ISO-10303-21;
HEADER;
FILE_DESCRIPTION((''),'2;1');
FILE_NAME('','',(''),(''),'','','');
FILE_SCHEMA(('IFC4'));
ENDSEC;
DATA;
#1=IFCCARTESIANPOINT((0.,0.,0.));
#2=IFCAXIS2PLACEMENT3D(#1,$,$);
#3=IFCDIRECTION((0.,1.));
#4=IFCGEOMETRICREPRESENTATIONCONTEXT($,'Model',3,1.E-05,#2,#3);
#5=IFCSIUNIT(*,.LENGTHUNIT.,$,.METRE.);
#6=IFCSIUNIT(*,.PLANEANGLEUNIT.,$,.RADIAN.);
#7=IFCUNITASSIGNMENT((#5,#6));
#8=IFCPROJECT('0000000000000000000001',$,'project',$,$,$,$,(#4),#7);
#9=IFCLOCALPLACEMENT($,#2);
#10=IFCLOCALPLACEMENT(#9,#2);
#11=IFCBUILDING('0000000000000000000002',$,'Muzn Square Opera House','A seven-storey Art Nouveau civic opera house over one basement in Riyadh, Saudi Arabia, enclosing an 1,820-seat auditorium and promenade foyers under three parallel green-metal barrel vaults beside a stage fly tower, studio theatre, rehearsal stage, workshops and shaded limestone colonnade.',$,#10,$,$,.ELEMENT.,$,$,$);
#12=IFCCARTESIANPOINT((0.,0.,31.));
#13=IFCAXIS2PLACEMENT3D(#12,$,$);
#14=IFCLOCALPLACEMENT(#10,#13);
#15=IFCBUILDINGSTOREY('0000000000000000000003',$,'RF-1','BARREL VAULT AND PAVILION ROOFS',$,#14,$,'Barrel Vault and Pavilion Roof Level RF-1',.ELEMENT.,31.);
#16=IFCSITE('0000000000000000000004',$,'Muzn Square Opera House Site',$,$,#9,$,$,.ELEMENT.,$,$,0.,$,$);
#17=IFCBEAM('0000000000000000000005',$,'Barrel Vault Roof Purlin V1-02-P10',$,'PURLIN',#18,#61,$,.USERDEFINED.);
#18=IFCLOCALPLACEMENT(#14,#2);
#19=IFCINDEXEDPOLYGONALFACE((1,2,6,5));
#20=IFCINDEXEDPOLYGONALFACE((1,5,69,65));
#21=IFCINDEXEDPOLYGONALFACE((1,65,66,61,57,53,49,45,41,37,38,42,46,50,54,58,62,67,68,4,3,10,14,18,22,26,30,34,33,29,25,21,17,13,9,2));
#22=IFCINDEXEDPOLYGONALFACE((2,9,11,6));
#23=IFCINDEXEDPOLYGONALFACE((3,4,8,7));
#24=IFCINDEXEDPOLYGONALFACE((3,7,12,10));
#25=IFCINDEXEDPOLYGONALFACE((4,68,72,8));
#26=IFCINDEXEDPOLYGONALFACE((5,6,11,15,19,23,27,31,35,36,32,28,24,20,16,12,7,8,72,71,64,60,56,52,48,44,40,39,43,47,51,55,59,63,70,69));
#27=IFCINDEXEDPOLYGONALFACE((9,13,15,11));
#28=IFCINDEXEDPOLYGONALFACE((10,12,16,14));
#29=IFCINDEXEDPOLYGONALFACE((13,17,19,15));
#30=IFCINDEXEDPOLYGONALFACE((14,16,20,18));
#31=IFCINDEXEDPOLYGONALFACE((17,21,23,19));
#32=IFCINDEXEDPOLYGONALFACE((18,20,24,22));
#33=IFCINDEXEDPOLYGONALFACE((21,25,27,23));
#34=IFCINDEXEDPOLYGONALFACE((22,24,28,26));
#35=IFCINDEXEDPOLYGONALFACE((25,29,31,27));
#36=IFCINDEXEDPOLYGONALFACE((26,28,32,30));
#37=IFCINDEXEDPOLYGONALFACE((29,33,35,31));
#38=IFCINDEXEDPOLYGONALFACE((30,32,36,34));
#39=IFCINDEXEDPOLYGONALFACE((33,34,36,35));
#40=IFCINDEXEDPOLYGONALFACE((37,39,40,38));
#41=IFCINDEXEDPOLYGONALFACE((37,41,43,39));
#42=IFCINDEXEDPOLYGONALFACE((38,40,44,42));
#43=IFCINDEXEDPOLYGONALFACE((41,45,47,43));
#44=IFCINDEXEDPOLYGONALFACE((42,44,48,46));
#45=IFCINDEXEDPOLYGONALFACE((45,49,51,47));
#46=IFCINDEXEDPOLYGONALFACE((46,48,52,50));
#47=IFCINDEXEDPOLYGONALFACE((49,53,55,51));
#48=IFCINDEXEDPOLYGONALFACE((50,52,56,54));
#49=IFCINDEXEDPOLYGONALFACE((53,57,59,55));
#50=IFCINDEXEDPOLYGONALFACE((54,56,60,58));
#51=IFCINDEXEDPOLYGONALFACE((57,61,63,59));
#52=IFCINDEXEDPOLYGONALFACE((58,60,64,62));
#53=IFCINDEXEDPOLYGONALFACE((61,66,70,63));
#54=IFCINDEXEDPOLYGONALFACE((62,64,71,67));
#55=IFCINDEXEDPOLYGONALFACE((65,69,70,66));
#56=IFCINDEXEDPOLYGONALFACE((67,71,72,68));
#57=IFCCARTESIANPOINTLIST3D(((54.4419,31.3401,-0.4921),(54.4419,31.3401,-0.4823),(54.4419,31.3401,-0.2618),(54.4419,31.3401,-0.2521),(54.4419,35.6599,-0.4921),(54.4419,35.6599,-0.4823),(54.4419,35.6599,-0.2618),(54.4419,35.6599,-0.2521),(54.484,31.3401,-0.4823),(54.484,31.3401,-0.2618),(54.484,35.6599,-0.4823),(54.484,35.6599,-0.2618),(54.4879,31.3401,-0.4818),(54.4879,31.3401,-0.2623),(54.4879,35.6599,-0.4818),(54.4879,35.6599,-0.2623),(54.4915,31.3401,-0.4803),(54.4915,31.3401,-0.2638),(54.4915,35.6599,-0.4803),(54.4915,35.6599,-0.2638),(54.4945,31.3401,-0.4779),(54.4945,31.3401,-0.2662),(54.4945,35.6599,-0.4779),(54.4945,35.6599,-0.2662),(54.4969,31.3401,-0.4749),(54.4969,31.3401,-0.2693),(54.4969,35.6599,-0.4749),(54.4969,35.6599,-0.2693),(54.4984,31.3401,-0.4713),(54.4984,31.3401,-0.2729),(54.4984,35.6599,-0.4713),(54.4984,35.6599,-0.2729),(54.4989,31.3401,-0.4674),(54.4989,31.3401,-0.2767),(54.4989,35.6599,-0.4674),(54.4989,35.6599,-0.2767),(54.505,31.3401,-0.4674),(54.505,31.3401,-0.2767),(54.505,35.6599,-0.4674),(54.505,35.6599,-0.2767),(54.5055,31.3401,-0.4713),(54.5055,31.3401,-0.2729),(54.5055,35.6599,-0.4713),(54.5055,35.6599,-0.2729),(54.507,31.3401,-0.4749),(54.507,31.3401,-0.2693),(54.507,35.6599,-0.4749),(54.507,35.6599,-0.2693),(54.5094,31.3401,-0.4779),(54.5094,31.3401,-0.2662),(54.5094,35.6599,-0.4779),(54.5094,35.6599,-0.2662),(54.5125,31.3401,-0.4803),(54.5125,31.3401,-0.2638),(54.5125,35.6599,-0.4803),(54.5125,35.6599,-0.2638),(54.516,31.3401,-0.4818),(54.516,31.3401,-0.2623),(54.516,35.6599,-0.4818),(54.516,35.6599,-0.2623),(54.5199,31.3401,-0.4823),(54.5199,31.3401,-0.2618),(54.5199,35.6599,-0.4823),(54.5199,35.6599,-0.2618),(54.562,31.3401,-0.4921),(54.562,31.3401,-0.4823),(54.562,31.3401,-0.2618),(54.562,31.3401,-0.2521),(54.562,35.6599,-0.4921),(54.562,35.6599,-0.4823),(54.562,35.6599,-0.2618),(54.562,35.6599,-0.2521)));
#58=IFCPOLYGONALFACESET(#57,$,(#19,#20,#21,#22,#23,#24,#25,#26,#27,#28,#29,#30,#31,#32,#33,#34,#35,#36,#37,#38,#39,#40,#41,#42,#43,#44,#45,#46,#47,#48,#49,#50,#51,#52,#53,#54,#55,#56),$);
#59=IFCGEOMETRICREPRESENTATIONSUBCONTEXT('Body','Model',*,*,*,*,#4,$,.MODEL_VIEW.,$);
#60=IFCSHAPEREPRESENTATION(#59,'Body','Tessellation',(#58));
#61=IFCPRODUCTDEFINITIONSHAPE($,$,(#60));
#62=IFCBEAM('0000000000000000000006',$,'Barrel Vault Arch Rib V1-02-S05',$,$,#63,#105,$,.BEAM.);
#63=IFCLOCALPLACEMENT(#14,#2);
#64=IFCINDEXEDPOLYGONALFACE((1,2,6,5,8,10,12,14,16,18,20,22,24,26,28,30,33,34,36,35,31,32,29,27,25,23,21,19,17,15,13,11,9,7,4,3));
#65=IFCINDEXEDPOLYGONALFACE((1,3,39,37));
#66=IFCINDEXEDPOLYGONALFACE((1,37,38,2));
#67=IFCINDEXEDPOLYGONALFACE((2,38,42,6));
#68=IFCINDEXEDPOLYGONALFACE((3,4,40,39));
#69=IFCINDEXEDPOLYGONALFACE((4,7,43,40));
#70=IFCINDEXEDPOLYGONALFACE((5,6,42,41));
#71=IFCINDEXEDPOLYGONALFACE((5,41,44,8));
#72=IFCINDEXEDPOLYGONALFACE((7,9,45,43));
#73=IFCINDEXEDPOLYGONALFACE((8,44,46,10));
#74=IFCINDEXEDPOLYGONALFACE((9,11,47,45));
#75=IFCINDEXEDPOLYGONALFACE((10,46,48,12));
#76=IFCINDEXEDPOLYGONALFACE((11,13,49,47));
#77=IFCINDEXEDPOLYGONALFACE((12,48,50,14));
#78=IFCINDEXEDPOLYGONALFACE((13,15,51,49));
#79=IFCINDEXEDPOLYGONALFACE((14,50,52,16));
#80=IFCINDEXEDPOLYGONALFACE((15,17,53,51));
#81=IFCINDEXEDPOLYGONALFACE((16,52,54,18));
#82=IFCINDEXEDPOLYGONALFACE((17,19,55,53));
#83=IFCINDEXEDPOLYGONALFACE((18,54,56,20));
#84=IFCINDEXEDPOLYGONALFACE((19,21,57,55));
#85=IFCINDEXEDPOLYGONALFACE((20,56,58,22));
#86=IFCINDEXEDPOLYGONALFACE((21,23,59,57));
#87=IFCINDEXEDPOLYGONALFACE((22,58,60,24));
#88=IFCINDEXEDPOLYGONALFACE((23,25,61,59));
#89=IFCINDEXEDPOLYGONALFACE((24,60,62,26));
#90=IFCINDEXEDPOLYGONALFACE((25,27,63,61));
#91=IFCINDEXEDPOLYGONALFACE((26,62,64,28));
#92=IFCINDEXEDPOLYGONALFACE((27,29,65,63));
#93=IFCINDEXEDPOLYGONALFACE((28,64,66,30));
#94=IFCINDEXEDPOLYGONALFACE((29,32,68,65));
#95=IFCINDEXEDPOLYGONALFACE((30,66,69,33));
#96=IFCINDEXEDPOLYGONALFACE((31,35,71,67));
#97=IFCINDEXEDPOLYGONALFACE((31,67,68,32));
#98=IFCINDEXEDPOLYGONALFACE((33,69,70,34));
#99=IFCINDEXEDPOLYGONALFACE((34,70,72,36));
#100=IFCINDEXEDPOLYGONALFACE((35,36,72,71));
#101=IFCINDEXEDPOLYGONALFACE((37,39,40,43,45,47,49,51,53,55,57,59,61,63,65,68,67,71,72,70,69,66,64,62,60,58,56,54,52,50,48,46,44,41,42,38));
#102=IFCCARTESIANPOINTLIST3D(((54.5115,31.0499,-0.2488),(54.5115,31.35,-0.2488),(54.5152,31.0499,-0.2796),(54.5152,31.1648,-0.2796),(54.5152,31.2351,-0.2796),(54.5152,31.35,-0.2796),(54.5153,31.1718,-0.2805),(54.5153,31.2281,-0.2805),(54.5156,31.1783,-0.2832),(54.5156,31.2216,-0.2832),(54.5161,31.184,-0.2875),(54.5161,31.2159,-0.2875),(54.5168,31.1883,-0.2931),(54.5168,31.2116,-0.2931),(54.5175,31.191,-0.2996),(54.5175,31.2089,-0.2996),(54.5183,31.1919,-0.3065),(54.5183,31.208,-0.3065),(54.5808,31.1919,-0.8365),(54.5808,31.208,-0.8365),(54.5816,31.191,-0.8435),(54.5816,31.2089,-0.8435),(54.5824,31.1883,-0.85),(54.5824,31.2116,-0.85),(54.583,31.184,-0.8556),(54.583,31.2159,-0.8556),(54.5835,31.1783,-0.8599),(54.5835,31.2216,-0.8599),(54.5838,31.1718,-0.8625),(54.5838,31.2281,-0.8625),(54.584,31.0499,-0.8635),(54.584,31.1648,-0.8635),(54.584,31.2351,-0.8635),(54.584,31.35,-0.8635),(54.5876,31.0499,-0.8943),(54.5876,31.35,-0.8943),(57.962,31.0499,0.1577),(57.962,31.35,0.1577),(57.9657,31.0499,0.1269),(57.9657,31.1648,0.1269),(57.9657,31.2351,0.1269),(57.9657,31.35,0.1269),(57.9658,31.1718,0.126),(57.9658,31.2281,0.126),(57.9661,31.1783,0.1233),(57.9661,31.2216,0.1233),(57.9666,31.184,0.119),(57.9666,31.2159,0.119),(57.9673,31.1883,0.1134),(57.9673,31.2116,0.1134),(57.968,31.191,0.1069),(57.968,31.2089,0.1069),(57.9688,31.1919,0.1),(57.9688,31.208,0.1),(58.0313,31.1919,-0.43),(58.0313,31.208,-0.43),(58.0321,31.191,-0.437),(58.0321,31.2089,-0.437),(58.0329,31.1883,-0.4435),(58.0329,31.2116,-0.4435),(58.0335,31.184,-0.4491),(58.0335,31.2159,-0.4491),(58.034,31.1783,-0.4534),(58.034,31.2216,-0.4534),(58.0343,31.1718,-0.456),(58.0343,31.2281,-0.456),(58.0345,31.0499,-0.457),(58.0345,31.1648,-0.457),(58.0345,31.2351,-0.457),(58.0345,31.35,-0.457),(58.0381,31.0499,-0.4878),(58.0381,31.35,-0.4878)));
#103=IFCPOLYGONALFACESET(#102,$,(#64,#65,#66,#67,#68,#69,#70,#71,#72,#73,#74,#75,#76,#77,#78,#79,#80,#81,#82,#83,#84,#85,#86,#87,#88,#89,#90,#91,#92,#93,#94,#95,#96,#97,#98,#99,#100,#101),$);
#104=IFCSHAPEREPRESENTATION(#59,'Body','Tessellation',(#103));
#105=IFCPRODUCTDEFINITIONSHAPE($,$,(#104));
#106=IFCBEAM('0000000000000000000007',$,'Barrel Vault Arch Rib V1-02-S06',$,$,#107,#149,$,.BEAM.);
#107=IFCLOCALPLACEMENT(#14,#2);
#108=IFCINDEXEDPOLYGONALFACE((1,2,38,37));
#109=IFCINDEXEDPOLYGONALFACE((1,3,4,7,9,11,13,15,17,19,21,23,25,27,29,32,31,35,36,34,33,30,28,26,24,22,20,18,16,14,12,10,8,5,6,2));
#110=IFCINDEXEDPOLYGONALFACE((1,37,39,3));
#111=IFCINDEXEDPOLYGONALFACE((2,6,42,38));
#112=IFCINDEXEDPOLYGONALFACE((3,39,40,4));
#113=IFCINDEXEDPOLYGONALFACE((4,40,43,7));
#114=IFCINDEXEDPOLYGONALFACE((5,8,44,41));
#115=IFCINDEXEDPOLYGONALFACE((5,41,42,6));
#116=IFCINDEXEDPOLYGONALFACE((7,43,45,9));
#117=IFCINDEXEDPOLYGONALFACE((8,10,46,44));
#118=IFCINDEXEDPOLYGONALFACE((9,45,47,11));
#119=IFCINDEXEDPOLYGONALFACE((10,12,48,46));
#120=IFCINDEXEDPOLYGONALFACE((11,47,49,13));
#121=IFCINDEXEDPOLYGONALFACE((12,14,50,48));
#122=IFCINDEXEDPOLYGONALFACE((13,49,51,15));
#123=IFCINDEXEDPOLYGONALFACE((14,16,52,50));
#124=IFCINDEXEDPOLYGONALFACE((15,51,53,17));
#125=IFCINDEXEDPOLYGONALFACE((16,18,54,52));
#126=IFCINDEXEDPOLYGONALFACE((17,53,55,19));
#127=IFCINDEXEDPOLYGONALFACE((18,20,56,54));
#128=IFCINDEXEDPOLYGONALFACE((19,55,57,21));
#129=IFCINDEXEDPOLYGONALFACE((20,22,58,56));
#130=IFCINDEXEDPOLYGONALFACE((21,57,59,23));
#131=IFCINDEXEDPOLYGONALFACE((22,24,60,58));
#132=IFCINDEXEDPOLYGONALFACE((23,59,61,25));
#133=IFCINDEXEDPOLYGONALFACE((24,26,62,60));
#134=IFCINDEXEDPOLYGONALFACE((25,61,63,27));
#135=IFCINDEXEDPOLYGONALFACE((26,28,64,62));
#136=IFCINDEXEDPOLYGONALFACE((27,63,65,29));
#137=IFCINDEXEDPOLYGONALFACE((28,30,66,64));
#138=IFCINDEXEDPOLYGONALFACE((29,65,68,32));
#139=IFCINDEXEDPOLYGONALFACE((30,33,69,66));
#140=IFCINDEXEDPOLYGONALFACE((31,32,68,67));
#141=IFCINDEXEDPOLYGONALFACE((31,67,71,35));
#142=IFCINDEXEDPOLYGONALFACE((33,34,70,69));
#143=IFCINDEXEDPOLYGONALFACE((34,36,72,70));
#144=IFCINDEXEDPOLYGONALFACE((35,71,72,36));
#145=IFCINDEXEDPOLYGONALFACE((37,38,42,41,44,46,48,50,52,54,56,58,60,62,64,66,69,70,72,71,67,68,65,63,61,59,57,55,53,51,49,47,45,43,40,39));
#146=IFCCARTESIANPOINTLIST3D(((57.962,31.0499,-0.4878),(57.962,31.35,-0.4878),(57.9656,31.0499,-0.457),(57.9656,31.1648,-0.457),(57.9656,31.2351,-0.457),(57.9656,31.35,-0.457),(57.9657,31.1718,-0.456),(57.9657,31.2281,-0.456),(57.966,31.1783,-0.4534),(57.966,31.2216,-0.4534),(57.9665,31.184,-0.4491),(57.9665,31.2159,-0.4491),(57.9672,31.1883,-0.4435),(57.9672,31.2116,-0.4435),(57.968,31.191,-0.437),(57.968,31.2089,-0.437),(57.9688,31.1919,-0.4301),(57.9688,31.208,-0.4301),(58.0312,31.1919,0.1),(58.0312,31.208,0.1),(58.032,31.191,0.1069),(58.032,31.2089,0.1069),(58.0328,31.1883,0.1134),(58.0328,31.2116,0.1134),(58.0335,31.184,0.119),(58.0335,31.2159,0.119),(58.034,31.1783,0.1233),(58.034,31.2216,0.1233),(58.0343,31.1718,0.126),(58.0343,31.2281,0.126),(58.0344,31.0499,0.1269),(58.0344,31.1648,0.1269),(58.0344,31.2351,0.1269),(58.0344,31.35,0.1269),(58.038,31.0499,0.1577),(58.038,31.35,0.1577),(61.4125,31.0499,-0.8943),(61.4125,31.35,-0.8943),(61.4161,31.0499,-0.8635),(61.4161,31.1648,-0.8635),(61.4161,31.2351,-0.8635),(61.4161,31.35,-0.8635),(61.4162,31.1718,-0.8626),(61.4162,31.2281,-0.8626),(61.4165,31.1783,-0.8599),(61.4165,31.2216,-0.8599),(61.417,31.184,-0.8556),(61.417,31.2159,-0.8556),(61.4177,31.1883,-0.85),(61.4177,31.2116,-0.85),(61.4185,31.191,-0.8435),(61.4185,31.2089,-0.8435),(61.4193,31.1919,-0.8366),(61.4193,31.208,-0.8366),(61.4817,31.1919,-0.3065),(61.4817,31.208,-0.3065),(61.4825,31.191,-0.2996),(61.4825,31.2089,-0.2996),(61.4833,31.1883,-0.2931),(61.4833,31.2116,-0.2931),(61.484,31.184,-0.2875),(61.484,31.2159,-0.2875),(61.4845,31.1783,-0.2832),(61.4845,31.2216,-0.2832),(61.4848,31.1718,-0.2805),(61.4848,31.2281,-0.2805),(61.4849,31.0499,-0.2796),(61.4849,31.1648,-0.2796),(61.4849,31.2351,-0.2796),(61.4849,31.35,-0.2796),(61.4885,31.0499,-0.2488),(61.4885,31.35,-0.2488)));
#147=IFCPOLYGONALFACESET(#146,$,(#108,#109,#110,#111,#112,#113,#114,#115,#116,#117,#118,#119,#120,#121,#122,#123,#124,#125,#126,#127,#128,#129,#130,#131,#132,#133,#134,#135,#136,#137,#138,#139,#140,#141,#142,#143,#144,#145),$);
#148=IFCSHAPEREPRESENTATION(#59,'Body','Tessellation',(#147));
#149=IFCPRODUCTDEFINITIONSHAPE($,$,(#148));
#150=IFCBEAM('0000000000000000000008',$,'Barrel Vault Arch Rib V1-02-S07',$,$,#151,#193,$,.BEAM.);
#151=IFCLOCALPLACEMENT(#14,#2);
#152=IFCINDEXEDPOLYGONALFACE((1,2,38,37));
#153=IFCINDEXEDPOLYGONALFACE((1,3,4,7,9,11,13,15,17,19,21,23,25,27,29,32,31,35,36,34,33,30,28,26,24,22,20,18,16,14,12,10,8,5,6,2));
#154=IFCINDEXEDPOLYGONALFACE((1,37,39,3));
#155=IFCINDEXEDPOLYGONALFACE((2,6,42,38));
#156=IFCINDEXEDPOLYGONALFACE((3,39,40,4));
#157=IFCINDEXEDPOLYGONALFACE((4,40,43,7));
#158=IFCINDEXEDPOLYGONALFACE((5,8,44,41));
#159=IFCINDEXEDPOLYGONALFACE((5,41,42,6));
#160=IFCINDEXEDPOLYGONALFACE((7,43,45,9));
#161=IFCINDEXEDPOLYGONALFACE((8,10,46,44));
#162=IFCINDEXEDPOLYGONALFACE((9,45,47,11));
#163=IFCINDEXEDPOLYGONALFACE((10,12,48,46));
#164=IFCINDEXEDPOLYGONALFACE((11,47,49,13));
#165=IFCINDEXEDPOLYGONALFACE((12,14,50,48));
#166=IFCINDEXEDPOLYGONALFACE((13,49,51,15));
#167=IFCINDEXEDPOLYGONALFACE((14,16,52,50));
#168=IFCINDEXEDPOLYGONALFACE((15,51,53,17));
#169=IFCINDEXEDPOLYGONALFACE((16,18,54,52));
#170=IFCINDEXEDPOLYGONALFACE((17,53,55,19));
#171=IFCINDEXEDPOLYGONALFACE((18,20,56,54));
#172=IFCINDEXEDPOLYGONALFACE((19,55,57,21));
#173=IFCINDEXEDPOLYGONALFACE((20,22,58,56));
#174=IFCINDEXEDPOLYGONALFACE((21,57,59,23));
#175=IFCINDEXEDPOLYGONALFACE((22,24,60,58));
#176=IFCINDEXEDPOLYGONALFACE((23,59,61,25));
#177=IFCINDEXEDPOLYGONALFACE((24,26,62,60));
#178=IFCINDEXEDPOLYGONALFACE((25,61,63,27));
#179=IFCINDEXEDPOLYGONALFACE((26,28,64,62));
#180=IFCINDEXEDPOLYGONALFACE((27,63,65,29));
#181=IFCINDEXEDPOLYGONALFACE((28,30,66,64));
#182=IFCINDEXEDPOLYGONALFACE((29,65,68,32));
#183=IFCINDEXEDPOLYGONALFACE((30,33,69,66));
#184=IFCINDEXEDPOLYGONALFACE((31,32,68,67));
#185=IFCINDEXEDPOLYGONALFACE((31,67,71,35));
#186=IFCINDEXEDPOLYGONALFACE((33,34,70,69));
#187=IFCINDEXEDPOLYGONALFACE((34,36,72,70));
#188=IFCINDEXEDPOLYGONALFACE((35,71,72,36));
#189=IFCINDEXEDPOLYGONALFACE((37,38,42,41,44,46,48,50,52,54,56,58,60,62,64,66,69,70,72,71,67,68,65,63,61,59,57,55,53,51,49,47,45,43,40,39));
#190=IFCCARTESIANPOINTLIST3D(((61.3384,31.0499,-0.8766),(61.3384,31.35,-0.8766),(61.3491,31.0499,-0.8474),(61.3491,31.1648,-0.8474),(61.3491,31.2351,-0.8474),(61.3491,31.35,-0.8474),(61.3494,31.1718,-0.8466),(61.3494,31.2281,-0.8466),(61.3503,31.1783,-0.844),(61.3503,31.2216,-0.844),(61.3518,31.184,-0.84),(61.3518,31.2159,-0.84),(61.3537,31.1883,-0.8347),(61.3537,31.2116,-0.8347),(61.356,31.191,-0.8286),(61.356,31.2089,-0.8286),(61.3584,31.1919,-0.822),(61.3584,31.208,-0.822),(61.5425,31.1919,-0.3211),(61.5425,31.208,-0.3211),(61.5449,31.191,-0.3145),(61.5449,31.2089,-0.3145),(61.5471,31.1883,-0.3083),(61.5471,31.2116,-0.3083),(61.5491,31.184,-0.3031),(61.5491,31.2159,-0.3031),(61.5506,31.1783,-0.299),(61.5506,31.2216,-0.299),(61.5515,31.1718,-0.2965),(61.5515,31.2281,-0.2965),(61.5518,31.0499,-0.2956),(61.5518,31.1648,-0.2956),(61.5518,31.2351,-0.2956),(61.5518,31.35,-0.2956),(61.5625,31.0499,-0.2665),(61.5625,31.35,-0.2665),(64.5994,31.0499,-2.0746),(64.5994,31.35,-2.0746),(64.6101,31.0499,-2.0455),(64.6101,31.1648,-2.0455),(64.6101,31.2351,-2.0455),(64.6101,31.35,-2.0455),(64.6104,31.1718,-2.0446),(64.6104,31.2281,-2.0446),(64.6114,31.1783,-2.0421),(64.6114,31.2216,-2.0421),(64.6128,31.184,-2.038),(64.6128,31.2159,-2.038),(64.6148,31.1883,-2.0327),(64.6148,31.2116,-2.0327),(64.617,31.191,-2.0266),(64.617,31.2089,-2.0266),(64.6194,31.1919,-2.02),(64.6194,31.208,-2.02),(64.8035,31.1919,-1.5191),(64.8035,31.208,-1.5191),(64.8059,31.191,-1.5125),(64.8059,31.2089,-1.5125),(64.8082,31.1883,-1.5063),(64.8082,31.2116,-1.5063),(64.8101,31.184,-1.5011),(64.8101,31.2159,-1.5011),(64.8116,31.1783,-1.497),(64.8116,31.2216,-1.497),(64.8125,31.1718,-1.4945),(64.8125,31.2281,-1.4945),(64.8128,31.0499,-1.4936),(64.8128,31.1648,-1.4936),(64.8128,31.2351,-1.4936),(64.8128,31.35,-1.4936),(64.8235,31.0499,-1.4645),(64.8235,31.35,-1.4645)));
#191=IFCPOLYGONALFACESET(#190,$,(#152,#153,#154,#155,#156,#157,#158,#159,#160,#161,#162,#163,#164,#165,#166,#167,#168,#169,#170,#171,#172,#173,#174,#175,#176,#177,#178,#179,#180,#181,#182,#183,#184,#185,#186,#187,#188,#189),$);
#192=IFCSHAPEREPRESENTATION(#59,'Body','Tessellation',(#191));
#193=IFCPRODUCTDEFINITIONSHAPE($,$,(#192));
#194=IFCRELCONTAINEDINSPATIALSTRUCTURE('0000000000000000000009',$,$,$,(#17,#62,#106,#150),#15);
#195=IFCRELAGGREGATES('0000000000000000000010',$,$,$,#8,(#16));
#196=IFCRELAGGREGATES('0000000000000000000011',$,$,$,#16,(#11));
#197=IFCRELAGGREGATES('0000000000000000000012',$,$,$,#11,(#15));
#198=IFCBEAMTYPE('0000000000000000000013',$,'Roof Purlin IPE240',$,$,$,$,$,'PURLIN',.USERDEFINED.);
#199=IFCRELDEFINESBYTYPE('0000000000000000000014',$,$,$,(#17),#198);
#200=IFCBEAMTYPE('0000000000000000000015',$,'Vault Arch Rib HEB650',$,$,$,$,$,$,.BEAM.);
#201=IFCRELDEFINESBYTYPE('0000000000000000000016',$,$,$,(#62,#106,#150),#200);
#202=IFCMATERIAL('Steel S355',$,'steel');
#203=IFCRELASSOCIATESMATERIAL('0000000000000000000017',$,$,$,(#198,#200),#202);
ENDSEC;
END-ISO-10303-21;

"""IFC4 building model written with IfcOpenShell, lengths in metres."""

from ifc_helpers import new_model, si_unit, direction, frame, origin, origin_2d, place, context, subcontext, project, spatial, i_section, extrude, material, material_profile, profile_set, type_object, element, save


model = new_model("IFC4")

# Units and contexts
model_context = context("Model", 3, precision=1e-05, world=origin(), true_north=direction((0.0, 1.0)))
body_context = subcontext(model_context, "Body", "Model", "MODEL_VIEW")
ifc_project = project(units=[si_unit("LENGTHUNIT", "METRE"), si_unit("PLANEANGLEUNIT", "RADIAN")], contexts=[model_context])

# Site, building, storey
site_placement = place(None, origin())
site = spatial("IfcSite", under=ifc_project, at=site_placement, Name="Muzn Square Opera House Site", CompositionType="ELEMENT", RefElevation=0.0)
building_placement = place(site_placement, origin())
building = spatial("IfcBuilding", under=site, at=building_placement, Name="Muzn Square Opera House", Description="A seven-storey Art Nouveau civic opera house over one basement in Riyadh, Saudi Arabia, enclosing an 1,820-seat auditorium and promenade foyers under three parallel green-metal barrel vaults beside a stage fly tower, studio theatre, rehearsal stage, workshops and shaded limestone colonnade.", CompositionType="ELEMENT")
storey_placement = place(building_placement, frame((0.0, 0.0, 31.0)))
storey = spatial("IfcBuildingStorey", under=building, at=storey_placement, Name="RF-1", Description="BARREL VAULT AND PAVILION ROOFS", LongName="Barrel Vault and Pavilion Roof Level RF-1", CompositionType="ELEMENT", Elevation=31.0)

# Beams
ifc_material_1 = material(Name="Steel S355", Category="steel")
ifc_material_profile_1 = material_profile(ifc_material_1, i_section(OverallWidth=0.1201, OverallDepth=0.24, WebThickness=0.0061, FlangeThickness=0.0098, FilletRadius=0.0149, at=origin_2d()), Name="IPE 240", Category="steel")
ifc_profile_set_1 = profile_set([ifc_material_profile_1], Name="Steel S355")
beam_type_1 = type_object("IfcBeamType", Name="Roof Purlin IPE240", ElementType="PURLIN", PredefinedType="USERDEFINED", material=ifc_profile_set_1)
beam_1_placement = place(storey_placement, frame((54.502, 31.3401, -0.3721), z_axis=(0.0, 1.0, 0.0), x_axis=(-1.0, 0.0, 0.0)))
element("IfcBeam", 1, at=beam_1_placement, inside=storey, type_object=beam_type_1, Name="Barrel Vault Roof Purlin V1-02-P10", ObjectType="PURLIN", PredefinedType="USERDEFINED", context=body_context, shape_type="SweptSolid", body=[
    extrude(i_section(OverallWidth=0.1201, OverallDepth=0.24, WebThickness=0.0061, FlangeThickness=0.0098, FilletRadius=0.0149, at=origin_2d()), origin(), (0.0, 0.0, 1.0), 4.3198),
])
ifc_material_profile_2 = material_profile(ifc_material_1, i_section(OverallWidth=0.3, OverallDepth=0.6499, WebThickness=0.0161, FlangeThickness=0.031, FilletRadius=0.0271, at=origin_2d()), Name="HEB 650", Category="steel")
ifc_profile_set_2 = profile_set([ifc_material_profile_2], Name="Steel S355")
beam_type_2 = type_object("IfcBeamType", Name="Vault Arch Rib HEB650", PredefinedType="BEAM", material=ifc_profile_set_2)
for number, where, z_axis, x_axis, name in (
    (2, (54.5496, 31.2, -0.5715), (0.993132, 0.0, 0.117), (0.0, 1.0, 0.0), "Barrel Vault Arch Rib V1-02-S05"),
    (3, (58.0, 31.2, -0.165), (0.993132, 0.0, -0.117), (0.0, 1.0, 0.0), "Barrel Vault Arch Rib V1-02-S06"),
):
    element("IfcBeam", number, at=place(storey_placement, frame(where, z_axis=z_axis, x_axis=x_axis)), inside=storey, type_object=beam_type_2, Name=name, PredefinedType="BEAM", context=body_context, shape_type="SweptSolid", body=[
        extrude(i_section(OverallWidth=0.3, OverallDepth=0.6499, WebThickness=0.0161, FlangeThickness=0.031, FilletRadius=0.0271, at=origin_2d()), origin(), (0.0, 0.0, 1.0), 3.4744),
    ])
beam_2_placement = place(storey_placement, frame((61.4504, 31.2, -0.5715), z_axis=(0.938662, 0.0, -0.344839), x_axis=(0.0, 1.0, 0.0)))
element("IfcBeam", 4, at=beam_2_placement, inside=storey, type_object=beam_type_2, Name="Barrel Vault Arch Rib V1-02-S07", PredefinedType="BEAM", context=body_context, shape_type="SweptSolid", body=[
    extrude(i_section(OverallWidth=0.3, OverallDepth=0.6499, WebThickness=0.0161, FlangeThickness=0.031, FilletRadius=0.0271, at=origin_2d()), origin(), (0.0, 0.0, 1.0), 3.4741),
])

save(model, "model.ifc")
